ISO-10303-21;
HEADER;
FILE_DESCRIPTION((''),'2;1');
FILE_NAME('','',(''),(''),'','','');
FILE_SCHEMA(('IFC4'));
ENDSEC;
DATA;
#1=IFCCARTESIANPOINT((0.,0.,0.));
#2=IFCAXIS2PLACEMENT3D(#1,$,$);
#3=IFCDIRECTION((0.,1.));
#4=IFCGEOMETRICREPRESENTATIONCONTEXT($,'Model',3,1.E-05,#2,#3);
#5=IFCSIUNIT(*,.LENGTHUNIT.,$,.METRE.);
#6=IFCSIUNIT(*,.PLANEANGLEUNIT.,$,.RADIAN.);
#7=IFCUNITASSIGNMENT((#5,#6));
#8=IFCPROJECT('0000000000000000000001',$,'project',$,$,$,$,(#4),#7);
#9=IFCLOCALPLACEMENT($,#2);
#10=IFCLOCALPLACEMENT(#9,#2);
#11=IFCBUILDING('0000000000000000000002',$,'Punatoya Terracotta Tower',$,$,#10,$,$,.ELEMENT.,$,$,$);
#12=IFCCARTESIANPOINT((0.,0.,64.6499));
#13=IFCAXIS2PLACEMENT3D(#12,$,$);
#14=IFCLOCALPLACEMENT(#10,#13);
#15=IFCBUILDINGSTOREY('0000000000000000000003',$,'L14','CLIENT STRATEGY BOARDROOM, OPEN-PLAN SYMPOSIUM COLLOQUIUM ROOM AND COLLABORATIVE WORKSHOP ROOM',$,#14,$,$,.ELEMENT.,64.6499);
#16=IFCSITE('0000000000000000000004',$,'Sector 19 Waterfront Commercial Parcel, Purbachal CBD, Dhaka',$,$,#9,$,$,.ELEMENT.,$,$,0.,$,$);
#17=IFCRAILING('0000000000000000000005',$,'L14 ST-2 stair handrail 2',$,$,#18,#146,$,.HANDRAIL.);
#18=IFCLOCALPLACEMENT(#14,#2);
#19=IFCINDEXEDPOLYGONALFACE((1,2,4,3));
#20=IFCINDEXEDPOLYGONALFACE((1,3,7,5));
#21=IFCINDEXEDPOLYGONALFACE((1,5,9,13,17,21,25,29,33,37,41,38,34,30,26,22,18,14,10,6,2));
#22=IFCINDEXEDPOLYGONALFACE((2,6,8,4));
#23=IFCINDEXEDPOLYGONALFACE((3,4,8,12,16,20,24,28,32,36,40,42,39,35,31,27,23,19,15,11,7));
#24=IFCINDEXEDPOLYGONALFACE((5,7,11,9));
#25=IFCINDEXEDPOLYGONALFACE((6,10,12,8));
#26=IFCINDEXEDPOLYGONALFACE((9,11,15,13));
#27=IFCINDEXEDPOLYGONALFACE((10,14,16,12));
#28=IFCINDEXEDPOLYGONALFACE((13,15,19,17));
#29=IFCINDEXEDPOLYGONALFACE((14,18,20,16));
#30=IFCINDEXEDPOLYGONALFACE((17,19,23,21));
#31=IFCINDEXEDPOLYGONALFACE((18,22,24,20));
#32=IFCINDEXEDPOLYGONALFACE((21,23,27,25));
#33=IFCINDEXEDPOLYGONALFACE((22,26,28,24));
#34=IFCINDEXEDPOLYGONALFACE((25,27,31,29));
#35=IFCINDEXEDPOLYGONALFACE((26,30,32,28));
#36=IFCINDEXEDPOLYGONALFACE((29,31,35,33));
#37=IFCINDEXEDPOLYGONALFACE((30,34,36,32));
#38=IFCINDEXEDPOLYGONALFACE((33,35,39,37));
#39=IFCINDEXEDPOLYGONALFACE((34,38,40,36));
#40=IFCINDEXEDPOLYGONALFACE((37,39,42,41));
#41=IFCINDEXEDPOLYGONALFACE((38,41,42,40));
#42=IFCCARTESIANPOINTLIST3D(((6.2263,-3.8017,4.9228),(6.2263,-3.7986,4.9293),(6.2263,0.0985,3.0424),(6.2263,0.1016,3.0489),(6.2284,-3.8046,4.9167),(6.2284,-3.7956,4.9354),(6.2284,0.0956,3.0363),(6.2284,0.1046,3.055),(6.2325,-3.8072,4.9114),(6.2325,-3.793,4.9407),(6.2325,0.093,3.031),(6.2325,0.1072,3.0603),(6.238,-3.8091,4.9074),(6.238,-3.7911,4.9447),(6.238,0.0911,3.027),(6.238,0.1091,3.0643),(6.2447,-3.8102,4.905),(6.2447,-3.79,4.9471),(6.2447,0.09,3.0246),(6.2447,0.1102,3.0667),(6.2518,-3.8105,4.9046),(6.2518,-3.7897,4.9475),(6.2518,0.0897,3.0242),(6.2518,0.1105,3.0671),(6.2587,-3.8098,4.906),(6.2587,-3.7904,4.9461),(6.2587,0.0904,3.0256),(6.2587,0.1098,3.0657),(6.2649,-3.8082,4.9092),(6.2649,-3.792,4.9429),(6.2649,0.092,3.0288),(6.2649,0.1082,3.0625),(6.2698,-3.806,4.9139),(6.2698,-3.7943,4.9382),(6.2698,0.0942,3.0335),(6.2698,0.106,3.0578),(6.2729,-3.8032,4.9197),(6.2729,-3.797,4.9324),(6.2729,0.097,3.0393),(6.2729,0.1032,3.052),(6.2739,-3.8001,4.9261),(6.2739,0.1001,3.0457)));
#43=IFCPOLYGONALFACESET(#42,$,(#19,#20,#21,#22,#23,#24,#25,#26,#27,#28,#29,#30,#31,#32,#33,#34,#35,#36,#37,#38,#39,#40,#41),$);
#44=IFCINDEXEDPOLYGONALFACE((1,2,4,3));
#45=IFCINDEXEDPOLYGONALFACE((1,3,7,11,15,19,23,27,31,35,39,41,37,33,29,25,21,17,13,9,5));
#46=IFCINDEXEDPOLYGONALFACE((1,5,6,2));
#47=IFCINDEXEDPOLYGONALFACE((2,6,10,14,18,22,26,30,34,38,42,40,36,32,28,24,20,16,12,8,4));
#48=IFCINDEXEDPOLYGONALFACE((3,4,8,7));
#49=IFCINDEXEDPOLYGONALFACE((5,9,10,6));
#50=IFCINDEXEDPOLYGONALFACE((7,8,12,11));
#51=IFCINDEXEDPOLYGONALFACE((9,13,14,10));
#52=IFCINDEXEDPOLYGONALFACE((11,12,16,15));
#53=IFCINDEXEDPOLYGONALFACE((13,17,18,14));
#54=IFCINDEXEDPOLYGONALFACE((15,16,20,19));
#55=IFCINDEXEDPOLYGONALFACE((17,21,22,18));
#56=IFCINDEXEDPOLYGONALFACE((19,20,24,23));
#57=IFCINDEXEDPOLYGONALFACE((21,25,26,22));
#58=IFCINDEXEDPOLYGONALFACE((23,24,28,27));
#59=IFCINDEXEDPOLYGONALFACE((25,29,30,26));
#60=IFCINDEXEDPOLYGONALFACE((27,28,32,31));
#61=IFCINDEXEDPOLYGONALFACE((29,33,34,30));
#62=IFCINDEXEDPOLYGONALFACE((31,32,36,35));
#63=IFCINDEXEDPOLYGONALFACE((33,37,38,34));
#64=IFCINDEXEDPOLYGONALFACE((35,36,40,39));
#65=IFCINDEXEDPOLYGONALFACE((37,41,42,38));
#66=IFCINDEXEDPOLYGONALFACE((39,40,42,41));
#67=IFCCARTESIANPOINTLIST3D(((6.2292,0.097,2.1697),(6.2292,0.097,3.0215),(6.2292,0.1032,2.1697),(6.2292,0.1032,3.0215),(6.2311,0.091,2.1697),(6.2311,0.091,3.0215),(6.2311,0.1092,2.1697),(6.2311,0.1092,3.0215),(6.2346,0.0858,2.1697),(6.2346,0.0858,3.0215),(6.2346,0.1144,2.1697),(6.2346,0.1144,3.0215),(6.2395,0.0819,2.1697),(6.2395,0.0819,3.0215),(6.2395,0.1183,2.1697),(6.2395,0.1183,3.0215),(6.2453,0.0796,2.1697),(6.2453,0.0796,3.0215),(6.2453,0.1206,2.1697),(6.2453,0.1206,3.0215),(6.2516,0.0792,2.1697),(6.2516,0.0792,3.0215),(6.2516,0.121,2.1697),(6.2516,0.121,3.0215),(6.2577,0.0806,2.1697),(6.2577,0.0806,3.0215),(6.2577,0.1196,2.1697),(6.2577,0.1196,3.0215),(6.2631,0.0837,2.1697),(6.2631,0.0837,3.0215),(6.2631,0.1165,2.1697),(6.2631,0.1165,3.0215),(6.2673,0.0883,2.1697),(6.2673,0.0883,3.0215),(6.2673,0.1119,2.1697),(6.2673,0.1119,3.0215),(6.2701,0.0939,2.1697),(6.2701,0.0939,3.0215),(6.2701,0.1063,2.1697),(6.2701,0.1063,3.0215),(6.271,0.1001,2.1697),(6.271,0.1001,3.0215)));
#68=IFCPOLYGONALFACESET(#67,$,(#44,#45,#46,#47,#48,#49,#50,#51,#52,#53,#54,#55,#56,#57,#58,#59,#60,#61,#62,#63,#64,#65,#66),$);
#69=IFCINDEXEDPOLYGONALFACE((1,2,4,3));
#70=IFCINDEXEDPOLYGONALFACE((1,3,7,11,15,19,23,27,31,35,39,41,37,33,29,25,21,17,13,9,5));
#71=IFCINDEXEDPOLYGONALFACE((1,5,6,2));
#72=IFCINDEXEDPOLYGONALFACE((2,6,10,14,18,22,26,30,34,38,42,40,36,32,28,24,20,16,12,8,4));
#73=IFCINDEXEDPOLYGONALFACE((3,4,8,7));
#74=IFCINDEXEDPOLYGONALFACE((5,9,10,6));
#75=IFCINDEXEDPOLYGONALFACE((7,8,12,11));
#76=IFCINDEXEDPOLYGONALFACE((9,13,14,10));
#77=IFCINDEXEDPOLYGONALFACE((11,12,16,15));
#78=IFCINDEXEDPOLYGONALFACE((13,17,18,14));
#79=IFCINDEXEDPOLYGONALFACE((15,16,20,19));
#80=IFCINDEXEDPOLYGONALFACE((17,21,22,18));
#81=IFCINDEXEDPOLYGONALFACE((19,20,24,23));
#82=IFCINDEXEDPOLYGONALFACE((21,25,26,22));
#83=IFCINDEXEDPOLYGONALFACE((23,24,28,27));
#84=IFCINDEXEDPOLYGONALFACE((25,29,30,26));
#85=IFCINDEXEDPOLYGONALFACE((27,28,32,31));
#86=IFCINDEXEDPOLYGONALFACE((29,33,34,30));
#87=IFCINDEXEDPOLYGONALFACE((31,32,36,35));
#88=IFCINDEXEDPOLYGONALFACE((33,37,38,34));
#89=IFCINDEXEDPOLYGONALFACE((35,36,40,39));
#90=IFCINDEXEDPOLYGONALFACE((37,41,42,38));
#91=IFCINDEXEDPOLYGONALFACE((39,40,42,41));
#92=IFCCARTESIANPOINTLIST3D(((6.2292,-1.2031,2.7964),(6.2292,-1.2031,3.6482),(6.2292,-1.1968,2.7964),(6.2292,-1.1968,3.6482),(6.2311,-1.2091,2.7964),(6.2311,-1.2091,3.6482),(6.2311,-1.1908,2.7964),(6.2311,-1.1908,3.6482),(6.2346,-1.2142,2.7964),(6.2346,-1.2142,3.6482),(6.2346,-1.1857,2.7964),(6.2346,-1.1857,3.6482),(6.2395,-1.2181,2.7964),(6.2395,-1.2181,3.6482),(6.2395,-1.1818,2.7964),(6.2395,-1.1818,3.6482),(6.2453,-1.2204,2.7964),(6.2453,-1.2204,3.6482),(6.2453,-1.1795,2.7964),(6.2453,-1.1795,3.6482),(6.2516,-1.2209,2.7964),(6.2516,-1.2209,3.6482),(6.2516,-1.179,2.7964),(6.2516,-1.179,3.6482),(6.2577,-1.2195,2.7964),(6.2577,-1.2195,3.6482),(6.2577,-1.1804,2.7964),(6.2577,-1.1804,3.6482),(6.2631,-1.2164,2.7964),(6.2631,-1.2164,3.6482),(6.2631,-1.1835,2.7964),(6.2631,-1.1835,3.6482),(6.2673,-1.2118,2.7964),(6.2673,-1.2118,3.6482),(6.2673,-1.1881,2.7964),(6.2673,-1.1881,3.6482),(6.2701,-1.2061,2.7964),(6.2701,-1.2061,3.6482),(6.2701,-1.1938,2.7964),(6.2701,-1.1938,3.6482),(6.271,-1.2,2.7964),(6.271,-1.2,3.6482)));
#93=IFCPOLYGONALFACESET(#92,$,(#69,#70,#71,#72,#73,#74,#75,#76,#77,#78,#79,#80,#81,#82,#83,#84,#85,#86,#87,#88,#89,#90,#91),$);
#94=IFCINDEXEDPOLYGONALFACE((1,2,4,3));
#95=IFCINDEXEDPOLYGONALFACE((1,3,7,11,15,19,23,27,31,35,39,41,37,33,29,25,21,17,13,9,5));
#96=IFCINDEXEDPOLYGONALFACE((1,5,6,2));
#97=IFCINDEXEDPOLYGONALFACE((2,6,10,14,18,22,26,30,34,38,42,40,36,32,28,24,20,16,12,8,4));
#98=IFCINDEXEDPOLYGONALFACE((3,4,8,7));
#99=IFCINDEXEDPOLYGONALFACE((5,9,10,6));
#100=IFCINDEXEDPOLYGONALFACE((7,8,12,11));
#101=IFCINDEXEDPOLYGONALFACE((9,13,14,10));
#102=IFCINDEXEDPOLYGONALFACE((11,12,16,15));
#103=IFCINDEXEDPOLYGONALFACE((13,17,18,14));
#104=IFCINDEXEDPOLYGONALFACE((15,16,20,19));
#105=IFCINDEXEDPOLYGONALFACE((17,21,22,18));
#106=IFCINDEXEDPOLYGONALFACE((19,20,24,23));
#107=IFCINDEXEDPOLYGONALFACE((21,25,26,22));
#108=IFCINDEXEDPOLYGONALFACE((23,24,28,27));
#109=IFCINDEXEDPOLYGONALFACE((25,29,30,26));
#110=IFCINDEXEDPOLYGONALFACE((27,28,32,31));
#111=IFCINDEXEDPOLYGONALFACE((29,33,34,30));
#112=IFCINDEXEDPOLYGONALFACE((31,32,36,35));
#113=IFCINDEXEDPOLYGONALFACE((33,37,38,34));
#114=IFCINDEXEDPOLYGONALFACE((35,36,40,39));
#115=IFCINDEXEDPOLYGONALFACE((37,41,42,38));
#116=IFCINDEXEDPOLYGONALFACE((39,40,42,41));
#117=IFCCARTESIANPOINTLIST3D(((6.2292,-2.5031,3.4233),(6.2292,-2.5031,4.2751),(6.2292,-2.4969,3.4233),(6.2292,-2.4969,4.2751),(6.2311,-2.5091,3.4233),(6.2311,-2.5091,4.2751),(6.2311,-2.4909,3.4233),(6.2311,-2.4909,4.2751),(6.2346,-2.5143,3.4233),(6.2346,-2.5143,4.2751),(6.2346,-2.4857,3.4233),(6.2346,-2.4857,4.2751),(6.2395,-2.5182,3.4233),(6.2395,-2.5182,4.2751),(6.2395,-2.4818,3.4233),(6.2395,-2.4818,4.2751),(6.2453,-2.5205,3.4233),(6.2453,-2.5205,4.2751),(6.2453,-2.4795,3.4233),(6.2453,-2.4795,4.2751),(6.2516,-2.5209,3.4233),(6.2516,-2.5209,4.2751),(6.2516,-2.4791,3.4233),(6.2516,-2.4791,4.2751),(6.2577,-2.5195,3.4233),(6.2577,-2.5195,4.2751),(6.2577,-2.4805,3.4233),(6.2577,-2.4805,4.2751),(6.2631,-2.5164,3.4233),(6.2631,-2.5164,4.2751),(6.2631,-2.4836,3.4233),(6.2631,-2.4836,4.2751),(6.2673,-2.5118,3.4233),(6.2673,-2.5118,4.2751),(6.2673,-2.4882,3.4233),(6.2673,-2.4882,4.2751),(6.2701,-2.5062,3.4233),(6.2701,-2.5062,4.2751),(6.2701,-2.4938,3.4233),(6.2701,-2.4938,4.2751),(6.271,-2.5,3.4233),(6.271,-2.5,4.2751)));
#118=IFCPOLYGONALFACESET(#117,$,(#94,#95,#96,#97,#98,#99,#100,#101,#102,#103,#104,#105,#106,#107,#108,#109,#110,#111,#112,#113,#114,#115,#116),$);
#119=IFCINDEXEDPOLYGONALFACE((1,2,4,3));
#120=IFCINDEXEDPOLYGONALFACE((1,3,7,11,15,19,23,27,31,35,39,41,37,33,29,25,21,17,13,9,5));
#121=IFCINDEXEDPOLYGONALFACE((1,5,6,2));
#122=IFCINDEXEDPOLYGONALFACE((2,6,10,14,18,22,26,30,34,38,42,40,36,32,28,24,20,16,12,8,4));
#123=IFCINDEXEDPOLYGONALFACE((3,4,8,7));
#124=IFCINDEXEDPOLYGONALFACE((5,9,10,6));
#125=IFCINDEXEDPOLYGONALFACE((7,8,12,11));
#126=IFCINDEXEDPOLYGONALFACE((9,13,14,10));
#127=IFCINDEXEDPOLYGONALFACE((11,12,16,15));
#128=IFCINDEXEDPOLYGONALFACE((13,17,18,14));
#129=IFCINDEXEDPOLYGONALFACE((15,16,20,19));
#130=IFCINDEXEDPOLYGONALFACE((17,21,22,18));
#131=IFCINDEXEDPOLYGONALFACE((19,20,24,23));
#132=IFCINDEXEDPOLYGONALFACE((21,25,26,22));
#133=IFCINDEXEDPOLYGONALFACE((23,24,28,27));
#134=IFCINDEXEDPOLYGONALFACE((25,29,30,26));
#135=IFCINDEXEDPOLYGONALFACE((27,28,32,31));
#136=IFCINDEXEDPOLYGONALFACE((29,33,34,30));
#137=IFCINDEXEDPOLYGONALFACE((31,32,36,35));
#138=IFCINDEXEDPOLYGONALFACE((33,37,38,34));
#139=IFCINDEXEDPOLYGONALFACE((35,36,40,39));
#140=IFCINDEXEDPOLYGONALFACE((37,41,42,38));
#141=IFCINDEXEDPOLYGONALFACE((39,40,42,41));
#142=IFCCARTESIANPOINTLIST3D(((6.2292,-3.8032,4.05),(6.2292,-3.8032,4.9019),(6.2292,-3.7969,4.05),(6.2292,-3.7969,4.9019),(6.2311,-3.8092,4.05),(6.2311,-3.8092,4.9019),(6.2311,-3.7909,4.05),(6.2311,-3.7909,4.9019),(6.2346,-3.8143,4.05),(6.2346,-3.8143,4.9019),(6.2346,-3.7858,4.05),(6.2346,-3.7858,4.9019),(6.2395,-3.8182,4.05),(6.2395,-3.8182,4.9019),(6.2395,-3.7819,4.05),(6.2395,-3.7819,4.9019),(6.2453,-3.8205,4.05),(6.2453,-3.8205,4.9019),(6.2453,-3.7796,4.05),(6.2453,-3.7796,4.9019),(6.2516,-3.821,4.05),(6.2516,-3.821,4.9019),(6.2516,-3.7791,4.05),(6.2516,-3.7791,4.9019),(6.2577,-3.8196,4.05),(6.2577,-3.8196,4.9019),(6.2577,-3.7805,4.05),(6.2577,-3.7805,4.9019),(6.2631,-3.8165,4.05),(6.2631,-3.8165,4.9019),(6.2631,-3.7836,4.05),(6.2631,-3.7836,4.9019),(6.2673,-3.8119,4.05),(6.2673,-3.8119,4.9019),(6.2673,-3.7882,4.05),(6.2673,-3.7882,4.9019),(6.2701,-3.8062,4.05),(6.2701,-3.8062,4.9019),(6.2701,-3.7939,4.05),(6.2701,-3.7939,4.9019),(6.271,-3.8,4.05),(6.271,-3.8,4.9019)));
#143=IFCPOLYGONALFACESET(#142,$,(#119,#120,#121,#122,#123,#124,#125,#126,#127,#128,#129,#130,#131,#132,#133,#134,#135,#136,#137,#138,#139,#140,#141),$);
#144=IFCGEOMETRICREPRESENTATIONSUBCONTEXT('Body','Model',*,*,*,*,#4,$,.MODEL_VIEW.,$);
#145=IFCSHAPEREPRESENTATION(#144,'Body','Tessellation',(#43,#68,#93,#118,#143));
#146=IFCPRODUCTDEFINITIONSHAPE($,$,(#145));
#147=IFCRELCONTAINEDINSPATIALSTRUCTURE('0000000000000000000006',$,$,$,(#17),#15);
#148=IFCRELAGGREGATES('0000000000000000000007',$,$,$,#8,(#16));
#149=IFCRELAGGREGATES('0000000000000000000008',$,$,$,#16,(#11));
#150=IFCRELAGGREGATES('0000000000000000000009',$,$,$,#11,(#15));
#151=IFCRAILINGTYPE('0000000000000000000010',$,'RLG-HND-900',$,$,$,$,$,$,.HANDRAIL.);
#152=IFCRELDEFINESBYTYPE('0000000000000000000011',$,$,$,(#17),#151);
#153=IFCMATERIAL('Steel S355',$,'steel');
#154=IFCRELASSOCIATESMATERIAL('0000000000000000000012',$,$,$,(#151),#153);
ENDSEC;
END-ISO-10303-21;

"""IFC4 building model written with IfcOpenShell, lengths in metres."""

from ifc_helpers import new_model, si_unit, direction, frame, origin, origin_2d, place, context, subcontext, project, spatial, circle, extrude, material, type_object, element, save


model = new_model("IFC4")

# Units and contexts
model_context = context("Model", 3, precision=1e-05, world=origin(), true_north=direction((0.0, 1.0)))
body_context = subcontext(model_context, "Body", "Model", "MODEL_VIEW")
ifc_project = project(units=[si_unit("LENGTHUNIT", "METRE"), si_unit("PLANEANGLEUNIT", "RADIAN")], contexts=[model_context])

# Site, building, storey
site_placement = place(None, origin())
site = spatial("IfcSite", under=ifc_project, at=site_placement, Name="Sector 19 Waterfront Commercial Parcel, Purbachal CBD, Dhaka", CompositionType="ELEMENT", RefElevation=0.0)
building_placement = place(site_placement, origin())
building = spatial("IfcBuilding", under=site, at=building_placement, Name="Punatoya Terracotta Tower", CompositionType="ELEMENT")
storey_placement = place(building_placement, frame((0.0, 0.0, 64.6499)))
storey = spatial("IfcBuildingStorey", under=building, at=storey_placement, Name="L14", Description="CLIENT STRATEGY BOARDROOM, OPEN-PLAN SYMPOSIUM COLLOQUIUM ROOM AND COLLABORATIVE WORKSHOP ROOM", CompositionType="ELEMENT", Elevation=64.6499)

# Shared definitions
ifc_material_1 = material(Name="Steel S355", Category="steel")

# Railing
railing_type_1 = type_object("IfcRailingType", Name="RLG-HND-900", PredefinedType="HANDRAIL", material=ifc_material_1)
railing_1_placement = place(storey_placement, frame((6.25, 0.1001, 2.1697)))
element("IfcRailing", 1, at=railing_1_placement, inside=storey, type_object=railing_type_1, Name="L14 ST-2 stair handrail 2", PredefinedType="HANDRAIL", context=body_context, shape_type="SweptSolid", body=[
    extrude(circle(Radius=0.0239, at=origin_2d()), frame((0.0, 0.0, 0.876), z_axis=(0.0, -0.900774, 0.434289), x_axis=(1.0, 0.0, 0.0)), (0.0, 0.0, 1.0), 4.3298),
    extrude(circle(Radius=0.021, at=origin_2d()), origin(), (0.0, 0.0, 1.0), 0.8518),
    extrude(circle(Radius=0.021, at=origin_2d()), frame((0.0, -1.3, 0.6267)), (0.0, 0.0, 1.0), 0.8518),
    extrude(circle(Radius=0.021, at=origin_2d()), frame((0.0, -2.6001, 1.2537)), (0.0, 0.0, 1.0), 0.8518),
    extrude(circle(Radius=0.021, at=origin_2d()), frame((0.0, -3.9001, 1.8804)), (0.0, 0.0, 1.0), 0.8518),
])

save(model, "model.ifc")
